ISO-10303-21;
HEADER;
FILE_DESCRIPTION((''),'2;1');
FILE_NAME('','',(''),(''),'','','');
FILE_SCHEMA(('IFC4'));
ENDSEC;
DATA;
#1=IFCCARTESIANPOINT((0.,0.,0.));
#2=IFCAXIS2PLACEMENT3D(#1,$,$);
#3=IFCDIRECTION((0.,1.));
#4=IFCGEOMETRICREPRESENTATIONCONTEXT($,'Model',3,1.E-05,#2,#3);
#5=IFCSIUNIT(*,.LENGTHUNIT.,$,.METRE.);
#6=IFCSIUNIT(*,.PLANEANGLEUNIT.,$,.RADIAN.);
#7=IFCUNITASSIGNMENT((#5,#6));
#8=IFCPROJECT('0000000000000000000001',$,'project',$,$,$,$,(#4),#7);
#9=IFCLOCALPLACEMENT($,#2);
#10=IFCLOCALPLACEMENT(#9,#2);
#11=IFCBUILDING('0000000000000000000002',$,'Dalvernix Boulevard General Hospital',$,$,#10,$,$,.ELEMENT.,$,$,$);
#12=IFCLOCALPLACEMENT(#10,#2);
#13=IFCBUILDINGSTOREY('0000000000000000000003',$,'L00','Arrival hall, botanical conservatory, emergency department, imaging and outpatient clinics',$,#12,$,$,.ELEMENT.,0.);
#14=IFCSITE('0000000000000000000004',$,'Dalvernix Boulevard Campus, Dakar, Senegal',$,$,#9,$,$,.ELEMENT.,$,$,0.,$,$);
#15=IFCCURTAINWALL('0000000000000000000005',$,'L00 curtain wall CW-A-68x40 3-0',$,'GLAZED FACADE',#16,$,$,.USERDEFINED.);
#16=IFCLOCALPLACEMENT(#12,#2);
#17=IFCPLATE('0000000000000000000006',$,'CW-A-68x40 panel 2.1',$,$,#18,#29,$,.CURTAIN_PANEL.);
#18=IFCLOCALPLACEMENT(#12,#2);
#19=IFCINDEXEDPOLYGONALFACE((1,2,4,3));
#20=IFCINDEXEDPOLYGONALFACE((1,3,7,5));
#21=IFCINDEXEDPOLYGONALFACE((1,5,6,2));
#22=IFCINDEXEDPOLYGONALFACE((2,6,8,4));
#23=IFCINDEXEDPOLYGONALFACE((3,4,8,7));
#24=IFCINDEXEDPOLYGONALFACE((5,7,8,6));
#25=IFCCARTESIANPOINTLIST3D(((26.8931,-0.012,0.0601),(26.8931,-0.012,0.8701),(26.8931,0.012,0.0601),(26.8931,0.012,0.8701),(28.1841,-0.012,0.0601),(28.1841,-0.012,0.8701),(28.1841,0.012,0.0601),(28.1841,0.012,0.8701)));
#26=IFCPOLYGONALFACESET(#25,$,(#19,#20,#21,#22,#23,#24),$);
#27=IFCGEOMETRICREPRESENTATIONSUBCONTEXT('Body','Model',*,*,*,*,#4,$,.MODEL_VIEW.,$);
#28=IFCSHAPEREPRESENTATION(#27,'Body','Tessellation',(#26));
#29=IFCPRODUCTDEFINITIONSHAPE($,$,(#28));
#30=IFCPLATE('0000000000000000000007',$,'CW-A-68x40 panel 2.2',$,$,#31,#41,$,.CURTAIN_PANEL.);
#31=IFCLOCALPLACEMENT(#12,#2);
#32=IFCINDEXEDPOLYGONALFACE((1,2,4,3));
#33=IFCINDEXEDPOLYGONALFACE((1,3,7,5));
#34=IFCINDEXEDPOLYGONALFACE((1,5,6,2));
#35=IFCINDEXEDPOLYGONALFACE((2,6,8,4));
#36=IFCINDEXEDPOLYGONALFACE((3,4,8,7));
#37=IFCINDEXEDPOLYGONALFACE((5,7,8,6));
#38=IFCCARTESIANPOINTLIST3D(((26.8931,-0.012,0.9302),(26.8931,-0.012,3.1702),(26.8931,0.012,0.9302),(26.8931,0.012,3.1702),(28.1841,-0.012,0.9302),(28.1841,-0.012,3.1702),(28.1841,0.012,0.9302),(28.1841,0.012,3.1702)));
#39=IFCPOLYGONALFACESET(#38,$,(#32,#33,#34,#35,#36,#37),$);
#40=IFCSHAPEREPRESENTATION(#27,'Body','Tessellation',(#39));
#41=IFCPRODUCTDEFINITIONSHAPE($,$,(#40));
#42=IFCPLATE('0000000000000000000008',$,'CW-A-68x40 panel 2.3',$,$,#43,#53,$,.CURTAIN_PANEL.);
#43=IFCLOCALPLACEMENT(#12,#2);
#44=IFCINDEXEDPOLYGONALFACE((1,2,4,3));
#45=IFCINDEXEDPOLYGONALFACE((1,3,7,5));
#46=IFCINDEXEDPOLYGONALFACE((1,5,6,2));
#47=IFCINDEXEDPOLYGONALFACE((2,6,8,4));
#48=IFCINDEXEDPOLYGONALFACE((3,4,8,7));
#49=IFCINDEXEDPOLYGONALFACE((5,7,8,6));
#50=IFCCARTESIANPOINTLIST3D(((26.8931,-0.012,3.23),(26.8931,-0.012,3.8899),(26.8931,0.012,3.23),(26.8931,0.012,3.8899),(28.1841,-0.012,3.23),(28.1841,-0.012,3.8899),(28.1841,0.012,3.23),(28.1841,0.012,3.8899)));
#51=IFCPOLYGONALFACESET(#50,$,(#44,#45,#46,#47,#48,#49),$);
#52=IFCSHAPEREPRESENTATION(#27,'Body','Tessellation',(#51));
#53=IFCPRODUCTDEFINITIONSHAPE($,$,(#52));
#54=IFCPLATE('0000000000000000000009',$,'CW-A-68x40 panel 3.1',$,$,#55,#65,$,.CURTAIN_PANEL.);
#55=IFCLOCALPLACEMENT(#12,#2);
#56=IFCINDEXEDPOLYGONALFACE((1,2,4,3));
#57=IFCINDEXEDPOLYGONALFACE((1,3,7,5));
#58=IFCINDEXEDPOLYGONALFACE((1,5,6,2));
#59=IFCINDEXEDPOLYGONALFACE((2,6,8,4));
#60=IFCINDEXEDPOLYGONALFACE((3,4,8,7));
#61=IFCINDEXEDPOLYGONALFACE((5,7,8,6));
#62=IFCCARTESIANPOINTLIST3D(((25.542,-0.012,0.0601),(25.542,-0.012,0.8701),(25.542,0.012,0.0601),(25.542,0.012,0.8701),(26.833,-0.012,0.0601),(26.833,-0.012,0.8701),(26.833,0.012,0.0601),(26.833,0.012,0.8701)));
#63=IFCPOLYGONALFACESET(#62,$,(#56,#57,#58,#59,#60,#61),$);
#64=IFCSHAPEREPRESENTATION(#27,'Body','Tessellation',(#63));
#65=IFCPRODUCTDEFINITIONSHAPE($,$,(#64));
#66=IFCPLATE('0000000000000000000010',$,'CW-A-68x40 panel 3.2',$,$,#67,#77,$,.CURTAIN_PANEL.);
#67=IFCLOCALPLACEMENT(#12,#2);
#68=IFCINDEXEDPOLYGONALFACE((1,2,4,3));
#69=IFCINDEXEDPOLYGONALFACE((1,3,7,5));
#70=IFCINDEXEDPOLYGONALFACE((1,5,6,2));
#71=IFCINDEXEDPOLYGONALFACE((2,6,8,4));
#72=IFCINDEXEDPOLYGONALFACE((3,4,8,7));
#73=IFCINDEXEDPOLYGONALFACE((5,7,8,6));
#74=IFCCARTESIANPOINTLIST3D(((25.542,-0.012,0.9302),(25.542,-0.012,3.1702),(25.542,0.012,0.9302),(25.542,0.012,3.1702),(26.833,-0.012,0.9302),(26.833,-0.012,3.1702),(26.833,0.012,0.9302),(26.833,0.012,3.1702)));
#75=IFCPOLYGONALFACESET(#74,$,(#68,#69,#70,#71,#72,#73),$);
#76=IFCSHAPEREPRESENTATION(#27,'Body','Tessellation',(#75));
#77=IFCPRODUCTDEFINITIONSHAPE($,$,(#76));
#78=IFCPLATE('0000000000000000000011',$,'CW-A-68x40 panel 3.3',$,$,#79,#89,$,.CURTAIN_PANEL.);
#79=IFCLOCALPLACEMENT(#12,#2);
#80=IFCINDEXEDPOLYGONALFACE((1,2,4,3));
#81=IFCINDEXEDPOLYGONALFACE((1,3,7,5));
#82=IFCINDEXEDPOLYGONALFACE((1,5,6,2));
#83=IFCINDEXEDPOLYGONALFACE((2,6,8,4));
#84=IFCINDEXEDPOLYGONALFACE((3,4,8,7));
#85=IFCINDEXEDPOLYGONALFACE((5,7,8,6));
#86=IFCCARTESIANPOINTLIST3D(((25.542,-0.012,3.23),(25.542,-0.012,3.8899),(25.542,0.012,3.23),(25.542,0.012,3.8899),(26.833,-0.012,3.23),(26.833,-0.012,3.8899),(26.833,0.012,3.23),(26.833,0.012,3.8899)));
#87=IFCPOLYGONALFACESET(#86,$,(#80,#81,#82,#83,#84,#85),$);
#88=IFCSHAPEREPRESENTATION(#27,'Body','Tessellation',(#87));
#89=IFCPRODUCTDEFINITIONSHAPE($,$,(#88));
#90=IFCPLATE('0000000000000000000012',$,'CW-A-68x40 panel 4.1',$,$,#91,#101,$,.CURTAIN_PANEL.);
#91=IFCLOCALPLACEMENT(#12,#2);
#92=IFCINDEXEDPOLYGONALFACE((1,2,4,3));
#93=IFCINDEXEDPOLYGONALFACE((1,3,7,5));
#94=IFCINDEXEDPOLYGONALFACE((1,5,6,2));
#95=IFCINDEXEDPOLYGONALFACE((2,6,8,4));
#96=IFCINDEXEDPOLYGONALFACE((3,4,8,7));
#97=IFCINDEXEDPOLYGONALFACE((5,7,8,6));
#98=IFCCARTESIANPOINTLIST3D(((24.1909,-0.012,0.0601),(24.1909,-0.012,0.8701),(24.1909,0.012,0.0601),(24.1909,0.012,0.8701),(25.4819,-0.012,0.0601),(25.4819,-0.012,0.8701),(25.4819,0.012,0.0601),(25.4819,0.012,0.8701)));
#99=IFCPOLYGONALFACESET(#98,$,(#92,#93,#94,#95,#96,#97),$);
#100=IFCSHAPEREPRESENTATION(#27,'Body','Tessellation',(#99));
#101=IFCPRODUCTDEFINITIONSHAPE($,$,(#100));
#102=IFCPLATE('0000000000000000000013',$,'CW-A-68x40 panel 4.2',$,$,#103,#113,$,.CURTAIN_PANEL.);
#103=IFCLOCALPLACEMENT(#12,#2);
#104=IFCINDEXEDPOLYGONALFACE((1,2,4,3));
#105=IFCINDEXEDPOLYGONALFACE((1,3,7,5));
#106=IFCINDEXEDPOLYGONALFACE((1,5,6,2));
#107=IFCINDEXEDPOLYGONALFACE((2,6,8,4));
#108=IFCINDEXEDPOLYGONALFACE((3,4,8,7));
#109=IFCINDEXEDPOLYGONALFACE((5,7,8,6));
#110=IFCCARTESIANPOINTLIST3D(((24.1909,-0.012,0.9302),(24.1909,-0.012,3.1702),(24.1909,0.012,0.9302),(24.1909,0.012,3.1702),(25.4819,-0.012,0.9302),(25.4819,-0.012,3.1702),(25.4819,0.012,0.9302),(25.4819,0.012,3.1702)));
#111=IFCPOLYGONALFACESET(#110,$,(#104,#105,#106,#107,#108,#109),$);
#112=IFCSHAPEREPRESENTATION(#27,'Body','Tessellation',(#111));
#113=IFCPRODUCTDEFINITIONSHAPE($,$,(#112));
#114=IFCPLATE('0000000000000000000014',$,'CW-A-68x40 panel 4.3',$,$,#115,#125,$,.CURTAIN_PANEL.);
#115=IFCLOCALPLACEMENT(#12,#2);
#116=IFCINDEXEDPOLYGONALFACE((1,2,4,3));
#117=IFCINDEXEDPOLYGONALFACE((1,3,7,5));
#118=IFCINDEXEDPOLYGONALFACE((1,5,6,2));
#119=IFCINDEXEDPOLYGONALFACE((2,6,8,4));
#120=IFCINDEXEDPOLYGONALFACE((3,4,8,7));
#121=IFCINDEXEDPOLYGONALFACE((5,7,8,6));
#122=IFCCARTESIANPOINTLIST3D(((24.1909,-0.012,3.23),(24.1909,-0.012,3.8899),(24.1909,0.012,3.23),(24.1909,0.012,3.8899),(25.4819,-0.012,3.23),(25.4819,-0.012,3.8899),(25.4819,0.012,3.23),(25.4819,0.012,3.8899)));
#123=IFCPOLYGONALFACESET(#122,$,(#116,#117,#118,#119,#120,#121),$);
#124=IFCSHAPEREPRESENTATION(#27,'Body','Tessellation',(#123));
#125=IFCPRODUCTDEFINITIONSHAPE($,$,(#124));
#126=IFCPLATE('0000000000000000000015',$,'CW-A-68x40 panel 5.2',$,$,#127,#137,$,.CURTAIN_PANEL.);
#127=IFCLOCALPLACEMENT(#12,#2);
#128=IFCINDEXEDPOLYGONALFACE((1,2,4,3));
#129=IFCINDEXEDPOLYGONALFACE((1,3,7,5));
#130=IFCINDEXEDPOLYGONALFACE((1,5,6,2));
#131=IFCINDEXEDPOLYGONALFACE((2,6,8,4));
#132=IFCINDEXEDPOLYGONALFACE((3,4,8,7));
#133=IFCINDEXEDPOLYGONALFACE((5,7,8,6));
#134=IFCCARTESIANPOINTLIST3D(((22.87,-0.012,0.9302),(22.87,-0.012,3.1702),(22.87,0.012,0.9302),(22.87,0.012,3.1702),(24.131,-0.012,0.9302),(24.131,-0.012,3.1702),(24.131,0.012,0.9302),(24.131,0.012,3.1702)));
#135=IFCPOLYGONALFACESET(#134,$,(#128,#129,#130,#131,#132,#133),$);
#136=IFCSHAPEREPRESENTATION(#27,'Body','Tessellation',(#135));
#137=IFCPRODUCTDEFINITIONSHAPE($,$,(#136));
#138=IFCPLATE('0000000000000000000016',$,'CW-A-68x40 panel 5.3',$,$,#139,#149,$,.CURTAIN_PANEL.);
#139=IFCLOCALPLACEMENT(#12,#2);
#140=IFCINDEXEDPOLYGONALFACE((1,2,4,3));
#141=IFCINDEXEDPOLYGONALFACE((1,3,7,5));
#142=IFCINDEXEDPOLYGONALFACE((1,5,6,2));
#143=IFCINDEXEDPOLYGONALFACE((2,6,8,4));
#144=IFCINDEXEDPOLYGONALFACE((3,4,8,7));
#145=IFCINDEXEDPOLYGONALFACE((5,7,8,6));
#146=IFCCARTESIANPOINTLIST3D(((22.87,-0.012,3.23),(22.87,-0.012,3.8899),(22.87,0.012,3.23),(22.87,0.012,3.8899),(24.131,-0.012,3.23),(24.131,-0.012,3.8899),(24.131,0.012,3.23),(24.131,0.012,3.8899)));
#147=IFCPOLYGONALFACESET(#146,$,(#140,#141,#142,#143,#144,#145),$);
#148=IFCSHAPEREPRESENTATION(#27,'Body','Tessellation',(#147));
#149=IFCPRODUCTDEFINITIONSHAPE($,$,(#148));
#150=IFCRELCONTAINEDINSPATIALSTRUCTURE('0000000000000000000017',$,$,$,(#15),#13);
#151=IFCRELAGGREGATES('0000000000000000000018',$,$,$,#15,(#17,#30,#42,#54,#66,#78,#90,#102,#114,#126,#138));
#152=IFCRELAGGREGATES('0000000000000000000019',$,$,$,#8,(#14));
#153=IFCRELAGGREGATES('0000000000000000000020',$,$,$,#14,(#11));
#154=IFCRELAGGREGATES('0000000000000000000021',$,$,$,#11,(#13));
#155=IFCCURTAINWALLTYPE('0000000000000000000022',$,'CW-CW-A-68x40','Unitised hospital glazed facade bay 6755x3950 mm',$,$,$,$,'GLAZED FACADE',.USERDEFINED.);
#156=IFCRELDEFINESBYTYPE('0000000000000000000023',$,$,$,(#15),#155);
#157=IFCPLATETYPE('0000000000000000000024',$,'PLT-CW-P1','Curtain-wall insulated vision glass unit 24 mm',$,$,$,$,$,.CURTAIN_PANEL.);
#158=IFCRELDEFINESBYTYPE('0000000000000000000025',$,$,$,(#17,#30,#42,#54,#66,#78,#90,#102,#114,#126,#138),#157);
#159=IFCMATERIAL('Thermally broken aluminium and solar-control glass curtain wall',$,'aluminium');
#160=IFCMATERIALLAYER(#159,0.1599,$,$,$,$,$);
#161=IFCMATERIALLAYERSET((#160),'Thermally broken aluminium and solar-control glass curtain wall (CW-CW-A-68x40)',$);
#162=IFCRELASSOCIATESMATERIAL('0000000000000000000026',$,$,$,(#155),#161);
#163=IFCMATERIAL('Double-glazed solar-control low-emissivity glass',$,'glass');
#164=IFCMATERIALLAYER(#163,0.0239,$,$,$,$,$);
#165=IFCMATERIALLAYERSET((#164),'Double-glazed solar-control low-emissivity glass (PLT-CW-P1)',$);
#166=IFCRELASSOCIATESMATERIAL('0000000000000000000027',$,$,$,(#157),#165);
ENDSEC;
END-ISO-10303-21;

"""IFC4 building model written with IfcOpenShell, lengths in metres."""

from ifc_helpers import new_model, si_unit, direction, frame, origin, origin_2d, place, context, subcontext, project, spatial, rectangle, extrude, material, layer, layer_set, type_object, element, aggregate, save


model = new_model("IFC4")

# Units and contexts
model_context = context("Model", 3, precision=1e-05, world=origin(), true_north=direction((0.0, 1.0)))
body_context = subcontext(model_context, "Body", "Model", "MODEL_VIEW")
ifc_project = project(units=[si_unit("LENGTHUNIT", "METRE"), si_unit("PLANEANGLEUNIT", "RADIAN")], contexts=[model_context])

# Site, building, storey
site_placement = place(None, origin())
site = spatial("IfcSite", under=ifc_project, at=site_placement, Name="Dalvernix Boulevard Campus, Dakar, Senegal", CompositionType="ELEMENT", RefElevation=0.0)
building_placement = place(site_placement, origin())
building = spatial("IfcBuilding", under=site, at=building_placement, Name="Dalvernix Boulevard General Hospital", CompositionType="ELEMENT")
storey_placement = place(building_placement, origin())
storey = spatial("IfcBuildingStorey", under=building, at=storey_placement, Name="L00", Description="Arrival hall, botanical conservatory, emergency department, imaging and outpatient clinics", CompositionType="ELEMENT", Elevation=0.0)

# Curtain wall, plates
ifc_material_1 = material(Name="Thermally broken aluminium and solar-control glass curtain wall", Category="aluminium")
ifc_layer_1 = layer(ifc_material_1, 0.1599)
ifc_layer_set_1 = layer_set([ifc_layer_1], Name="Thermally broken aluminium and solar-control glass curtain wall (CW-CW-A-68x40)")
curtain_wall_type = type_object("IfcCurtainWallType", Name="CW-CW-A-68x40", Description="Unitised hospital glazed facade bay 6755x3950 mm", ElementType="GLAZED FACADE", PredefinedType="USERDEFINED", material=ifc_layer_set_1)
curtain_wall_placement = place(storey_placement, origin())
curtain_wall = element("IfcCurtainWall", 1, at=curtain_wall_placement, inside=storey, type_object=curtain_wall_type, Name="L00 curtain wall CW-A-68x40 3-0", ObjectType="GLAZED FACADE", PredefinedType="USERDEFINED")
ifc_material_2 = material(Name="Double-glazed solar-control low-emissivity glass", Category="glass")
ifc_layer_2 = layer(ifc_material_2, 0.0239)
ifc_layer_set_2 = layer_set([ifc_layer_2], Name="Double-glazed solar-control low-emissivity glass (PLT-CW-P1)")
plate_type = type_object("IfcPlateType", Name="PLT-CW-P1", Description="Curtain-wall insulated vision glass unit 24 mm", PredefinedType="CURTAIN_PANEL", material=ifc_layer_set_2)
plate_1_placement = place(storey_placement, frame((27.5386, 0.0, 0.0601), z_axis=(0.0, 0.0, 1.0), x_axis=(-1.0, 0.0, 0.0)))
plate_1 = element("IfcPlate", 2, at=plate_1_placement, type_object=plate_type, Name="CW-A-68x40 panel 2.1", PredefinedType="CURTAIN_PANEL", context=body_context, shape_type="SweptSolid", body=[
    extrude(rectangle(XDim=1.291, YDim=0.0239, at=origin_2d()), origin(), (0.0, 0.0, 1.0), 0.8101),
])
plate_2_placement = place(storey_placement, frame((27.5386, 0.0, 0.9302), z_axis=(0.0, 0.0, 1.0), x_axis=(-1.0, 0.0, 0.0)))
plate_2 = element("IfcPlate", 3, at=plate_2_placement, type_object=plate_type, Name="CW-A-68x40 panel 2.2", PredefinedType="CURTAIN_PANEL", context=body_context, shape_type="SweptSolid", body=[
    extrude(rectangle(XDim=1.291, YDim=0.0239, at=origin_2d()), origin(), (0.0, 0.0, 1.0), 2.24),
])
plate_3_placement = place(storey_placement, frame((27.5386, 0.0, 3.23), z_axis=(0.0, 0.0, 1.0), x_axis=(-1.0, 0.0, 0.0)))
plate_3 = element("IfcPlate", 4, at=plate_3_placement, type_object=plate_type, Name="CW-A-68x40 panel 2.3", PredefinedType="CURTAIN_PANEL", context=body_context, shape_type="SweptSolid", body=[
    extrude(rectangle(XDim=1.291, YDim=0.0239, at=origin_2d()), origin(), (0.0, 0.0, 1.0), 0.6599),
])
plate_4_placement = place(storey_placement, frame((26.1875, 0.0, 0.0601), z_axis=(0.0, 0.0, 1.0), x_axis=(-1.0, 0.0, 0.0)))
plate_4 = element("IfcPlate", 5, at=plate_4_placement, type_object=plate_type, Name="CW-A-68x40 panel 3.1", PredefinedType="CURTAIN_PANEL", context=body_context, shape_type="SweptSolid", body=[
    extrude(rectangle(XDim=1.291, YDim=0.0239, at=origin_2d()), origin(), (0.0, 0.0, 1.0), 0.8101),
])
plate_5_placement = place(storey_placement, frame((26.1875, 0.0, 0.9302), z_axis=(0.0, 0.0, 1.0), x_axis=(-1.0, 0.0, 0.0)))
plate_5 = element("IfcPlate", 6, at=plate_5_placement, type_object=plate_type, Name="CW-A-68x40 panel 3.2", PredefinedType="CURTAIN_PANEL", context=body_context, shape_type="SweptSolid", body=[
    extrude(rectangle(XDim=1.291, YDim=0.0239, at=origin_2d()), origin(), (0.0, 0.0, 1.0), 2.24),
])
plate_6_placement = place(storey_placement, frame((26.1875, 0.0, 3.23), z_axis=(0.0, 0.0, 1.0), x_axis=(-1.0, 0.0, 0.0)))
plate_6 = element("IfcPlate", 7, at=plate_6_placement, type_object=plate_type, Name="CW-A-68x40 panel 3.3", PredefinedType="CURTAIN_PANEL", context=body_context, shape_type="SweptSolid", body=[
    extrude(rectangle(XDim=1.291, YDim=0.0239, at=origin_2d()), origin(), (0.0, 0.0, 1.0), 0.6599),
])
plate_7_placement = place(storey_placement, frame((24.8364, 0.0, 0.0601), z_axis=(0.0, 0.0, 1.0), x_axis=(-1.0, 0.0, 0.0)))
plate_7 = element("IfcPlate", 8, at=plate_7_placement, type_object=plate_type, Name="CW-A-68x40 panel 4.1", PredefinedType="CURTAIN_PANEL", context=body_context, shape_type="SweptSolid", body=[
    extrude(rectangle(XDim=1.291, YDim=0.0239, at=origin_2d()), origin(), (0.0, 0.0, 1.0), 0.8101),
])
plate_8_placement = place(storey_placement, frame((24.8364, 0.0, 0.9302), z_axis=(0.0, 0.0, 1.0), x_axis=(-1.0, 0.0, 0.0)))
plate_8 = element("IfcPlate", 9, at=plate_8_placement, type_object=plate_type, Name="CW-A-68x40 panel 4.2", PredefinedType="CURTAIN_PANEL", context=body_context, shape_type="SweptSolid", body=[
    extrude(rectangle(XDim=1.291, YDim=0.0239, at=origin_2d()), origin(), (0.0, 0.0, 1.0), 2.24),
])
plate_9_placement = place(storey_placement, frame((24.8364, 0.0, 3.23), z_axis=(0.0, 0.0, 1.0), x_axis=(-1.0, 0.0, 0.0)))
plate_9 = element("IfcPlate", 10, at=plate_9_placement, type_object=plate_type, Name="CW-A-68x40 panel 4.3", PredefinedType="CURTAIN_PANEL", context=body_context, shape_type="SweptSolid", body=[
    extrude(rectangle(XDim=1.291, YDim=0.0239, at=origin_2d()), origin(), (0.0, 0.0, 1.0), 0.6599),
])
plate_10_placement = place(storey_placement, frame((23.5005, 0.0, 0.9302), z_axis=(0.0, 0.0, 1.0), x_axis=(-1.0, 0.0, 0.0)))
plate_10 = element("IfcPlate", 11, at=plate_10_placement, type_object=plate_type, Name="CW-A-68x40 panel 5.2", PredefinedType="CURTAIN_PANEL", context=body_context, shape_type="SweptSolid", body=[
    extrude(rectangle(XDim=1.261, YDim=0.0239, at=origin_2d()), origin(), (0.0, 0.0, 1.0), 2.24),
])
plate_11_placement = place(storey_placement, frame((23.5005, 0.0, 3.23), z_axis=(0.0, 0.0, 1.0), x_axis=(-1.0, 0.0, 0.0)))
plate_11 = element("IfcPlate", 12, at=plate_11_placement, type_object=plate_type, Name="CW-A-68x40 panel 5.3", PredefinedType="CURTAIN_PANEL", context=body_context, shape_type="SweptSolid", body=[
    extrude(rectangle(XDim=1.261, YDim=0.0239, at=origin_2d()), origin(), (0.0, 0.0, 1.0), 0.6599),
])
aggregate(curtain_wall, [plate_1, plate_2, plate_3, plate_4, plate_5, plate_6, plate_7, plate_8, plate_9, plate_10, plate_11])

save(model, "model.ifc")
